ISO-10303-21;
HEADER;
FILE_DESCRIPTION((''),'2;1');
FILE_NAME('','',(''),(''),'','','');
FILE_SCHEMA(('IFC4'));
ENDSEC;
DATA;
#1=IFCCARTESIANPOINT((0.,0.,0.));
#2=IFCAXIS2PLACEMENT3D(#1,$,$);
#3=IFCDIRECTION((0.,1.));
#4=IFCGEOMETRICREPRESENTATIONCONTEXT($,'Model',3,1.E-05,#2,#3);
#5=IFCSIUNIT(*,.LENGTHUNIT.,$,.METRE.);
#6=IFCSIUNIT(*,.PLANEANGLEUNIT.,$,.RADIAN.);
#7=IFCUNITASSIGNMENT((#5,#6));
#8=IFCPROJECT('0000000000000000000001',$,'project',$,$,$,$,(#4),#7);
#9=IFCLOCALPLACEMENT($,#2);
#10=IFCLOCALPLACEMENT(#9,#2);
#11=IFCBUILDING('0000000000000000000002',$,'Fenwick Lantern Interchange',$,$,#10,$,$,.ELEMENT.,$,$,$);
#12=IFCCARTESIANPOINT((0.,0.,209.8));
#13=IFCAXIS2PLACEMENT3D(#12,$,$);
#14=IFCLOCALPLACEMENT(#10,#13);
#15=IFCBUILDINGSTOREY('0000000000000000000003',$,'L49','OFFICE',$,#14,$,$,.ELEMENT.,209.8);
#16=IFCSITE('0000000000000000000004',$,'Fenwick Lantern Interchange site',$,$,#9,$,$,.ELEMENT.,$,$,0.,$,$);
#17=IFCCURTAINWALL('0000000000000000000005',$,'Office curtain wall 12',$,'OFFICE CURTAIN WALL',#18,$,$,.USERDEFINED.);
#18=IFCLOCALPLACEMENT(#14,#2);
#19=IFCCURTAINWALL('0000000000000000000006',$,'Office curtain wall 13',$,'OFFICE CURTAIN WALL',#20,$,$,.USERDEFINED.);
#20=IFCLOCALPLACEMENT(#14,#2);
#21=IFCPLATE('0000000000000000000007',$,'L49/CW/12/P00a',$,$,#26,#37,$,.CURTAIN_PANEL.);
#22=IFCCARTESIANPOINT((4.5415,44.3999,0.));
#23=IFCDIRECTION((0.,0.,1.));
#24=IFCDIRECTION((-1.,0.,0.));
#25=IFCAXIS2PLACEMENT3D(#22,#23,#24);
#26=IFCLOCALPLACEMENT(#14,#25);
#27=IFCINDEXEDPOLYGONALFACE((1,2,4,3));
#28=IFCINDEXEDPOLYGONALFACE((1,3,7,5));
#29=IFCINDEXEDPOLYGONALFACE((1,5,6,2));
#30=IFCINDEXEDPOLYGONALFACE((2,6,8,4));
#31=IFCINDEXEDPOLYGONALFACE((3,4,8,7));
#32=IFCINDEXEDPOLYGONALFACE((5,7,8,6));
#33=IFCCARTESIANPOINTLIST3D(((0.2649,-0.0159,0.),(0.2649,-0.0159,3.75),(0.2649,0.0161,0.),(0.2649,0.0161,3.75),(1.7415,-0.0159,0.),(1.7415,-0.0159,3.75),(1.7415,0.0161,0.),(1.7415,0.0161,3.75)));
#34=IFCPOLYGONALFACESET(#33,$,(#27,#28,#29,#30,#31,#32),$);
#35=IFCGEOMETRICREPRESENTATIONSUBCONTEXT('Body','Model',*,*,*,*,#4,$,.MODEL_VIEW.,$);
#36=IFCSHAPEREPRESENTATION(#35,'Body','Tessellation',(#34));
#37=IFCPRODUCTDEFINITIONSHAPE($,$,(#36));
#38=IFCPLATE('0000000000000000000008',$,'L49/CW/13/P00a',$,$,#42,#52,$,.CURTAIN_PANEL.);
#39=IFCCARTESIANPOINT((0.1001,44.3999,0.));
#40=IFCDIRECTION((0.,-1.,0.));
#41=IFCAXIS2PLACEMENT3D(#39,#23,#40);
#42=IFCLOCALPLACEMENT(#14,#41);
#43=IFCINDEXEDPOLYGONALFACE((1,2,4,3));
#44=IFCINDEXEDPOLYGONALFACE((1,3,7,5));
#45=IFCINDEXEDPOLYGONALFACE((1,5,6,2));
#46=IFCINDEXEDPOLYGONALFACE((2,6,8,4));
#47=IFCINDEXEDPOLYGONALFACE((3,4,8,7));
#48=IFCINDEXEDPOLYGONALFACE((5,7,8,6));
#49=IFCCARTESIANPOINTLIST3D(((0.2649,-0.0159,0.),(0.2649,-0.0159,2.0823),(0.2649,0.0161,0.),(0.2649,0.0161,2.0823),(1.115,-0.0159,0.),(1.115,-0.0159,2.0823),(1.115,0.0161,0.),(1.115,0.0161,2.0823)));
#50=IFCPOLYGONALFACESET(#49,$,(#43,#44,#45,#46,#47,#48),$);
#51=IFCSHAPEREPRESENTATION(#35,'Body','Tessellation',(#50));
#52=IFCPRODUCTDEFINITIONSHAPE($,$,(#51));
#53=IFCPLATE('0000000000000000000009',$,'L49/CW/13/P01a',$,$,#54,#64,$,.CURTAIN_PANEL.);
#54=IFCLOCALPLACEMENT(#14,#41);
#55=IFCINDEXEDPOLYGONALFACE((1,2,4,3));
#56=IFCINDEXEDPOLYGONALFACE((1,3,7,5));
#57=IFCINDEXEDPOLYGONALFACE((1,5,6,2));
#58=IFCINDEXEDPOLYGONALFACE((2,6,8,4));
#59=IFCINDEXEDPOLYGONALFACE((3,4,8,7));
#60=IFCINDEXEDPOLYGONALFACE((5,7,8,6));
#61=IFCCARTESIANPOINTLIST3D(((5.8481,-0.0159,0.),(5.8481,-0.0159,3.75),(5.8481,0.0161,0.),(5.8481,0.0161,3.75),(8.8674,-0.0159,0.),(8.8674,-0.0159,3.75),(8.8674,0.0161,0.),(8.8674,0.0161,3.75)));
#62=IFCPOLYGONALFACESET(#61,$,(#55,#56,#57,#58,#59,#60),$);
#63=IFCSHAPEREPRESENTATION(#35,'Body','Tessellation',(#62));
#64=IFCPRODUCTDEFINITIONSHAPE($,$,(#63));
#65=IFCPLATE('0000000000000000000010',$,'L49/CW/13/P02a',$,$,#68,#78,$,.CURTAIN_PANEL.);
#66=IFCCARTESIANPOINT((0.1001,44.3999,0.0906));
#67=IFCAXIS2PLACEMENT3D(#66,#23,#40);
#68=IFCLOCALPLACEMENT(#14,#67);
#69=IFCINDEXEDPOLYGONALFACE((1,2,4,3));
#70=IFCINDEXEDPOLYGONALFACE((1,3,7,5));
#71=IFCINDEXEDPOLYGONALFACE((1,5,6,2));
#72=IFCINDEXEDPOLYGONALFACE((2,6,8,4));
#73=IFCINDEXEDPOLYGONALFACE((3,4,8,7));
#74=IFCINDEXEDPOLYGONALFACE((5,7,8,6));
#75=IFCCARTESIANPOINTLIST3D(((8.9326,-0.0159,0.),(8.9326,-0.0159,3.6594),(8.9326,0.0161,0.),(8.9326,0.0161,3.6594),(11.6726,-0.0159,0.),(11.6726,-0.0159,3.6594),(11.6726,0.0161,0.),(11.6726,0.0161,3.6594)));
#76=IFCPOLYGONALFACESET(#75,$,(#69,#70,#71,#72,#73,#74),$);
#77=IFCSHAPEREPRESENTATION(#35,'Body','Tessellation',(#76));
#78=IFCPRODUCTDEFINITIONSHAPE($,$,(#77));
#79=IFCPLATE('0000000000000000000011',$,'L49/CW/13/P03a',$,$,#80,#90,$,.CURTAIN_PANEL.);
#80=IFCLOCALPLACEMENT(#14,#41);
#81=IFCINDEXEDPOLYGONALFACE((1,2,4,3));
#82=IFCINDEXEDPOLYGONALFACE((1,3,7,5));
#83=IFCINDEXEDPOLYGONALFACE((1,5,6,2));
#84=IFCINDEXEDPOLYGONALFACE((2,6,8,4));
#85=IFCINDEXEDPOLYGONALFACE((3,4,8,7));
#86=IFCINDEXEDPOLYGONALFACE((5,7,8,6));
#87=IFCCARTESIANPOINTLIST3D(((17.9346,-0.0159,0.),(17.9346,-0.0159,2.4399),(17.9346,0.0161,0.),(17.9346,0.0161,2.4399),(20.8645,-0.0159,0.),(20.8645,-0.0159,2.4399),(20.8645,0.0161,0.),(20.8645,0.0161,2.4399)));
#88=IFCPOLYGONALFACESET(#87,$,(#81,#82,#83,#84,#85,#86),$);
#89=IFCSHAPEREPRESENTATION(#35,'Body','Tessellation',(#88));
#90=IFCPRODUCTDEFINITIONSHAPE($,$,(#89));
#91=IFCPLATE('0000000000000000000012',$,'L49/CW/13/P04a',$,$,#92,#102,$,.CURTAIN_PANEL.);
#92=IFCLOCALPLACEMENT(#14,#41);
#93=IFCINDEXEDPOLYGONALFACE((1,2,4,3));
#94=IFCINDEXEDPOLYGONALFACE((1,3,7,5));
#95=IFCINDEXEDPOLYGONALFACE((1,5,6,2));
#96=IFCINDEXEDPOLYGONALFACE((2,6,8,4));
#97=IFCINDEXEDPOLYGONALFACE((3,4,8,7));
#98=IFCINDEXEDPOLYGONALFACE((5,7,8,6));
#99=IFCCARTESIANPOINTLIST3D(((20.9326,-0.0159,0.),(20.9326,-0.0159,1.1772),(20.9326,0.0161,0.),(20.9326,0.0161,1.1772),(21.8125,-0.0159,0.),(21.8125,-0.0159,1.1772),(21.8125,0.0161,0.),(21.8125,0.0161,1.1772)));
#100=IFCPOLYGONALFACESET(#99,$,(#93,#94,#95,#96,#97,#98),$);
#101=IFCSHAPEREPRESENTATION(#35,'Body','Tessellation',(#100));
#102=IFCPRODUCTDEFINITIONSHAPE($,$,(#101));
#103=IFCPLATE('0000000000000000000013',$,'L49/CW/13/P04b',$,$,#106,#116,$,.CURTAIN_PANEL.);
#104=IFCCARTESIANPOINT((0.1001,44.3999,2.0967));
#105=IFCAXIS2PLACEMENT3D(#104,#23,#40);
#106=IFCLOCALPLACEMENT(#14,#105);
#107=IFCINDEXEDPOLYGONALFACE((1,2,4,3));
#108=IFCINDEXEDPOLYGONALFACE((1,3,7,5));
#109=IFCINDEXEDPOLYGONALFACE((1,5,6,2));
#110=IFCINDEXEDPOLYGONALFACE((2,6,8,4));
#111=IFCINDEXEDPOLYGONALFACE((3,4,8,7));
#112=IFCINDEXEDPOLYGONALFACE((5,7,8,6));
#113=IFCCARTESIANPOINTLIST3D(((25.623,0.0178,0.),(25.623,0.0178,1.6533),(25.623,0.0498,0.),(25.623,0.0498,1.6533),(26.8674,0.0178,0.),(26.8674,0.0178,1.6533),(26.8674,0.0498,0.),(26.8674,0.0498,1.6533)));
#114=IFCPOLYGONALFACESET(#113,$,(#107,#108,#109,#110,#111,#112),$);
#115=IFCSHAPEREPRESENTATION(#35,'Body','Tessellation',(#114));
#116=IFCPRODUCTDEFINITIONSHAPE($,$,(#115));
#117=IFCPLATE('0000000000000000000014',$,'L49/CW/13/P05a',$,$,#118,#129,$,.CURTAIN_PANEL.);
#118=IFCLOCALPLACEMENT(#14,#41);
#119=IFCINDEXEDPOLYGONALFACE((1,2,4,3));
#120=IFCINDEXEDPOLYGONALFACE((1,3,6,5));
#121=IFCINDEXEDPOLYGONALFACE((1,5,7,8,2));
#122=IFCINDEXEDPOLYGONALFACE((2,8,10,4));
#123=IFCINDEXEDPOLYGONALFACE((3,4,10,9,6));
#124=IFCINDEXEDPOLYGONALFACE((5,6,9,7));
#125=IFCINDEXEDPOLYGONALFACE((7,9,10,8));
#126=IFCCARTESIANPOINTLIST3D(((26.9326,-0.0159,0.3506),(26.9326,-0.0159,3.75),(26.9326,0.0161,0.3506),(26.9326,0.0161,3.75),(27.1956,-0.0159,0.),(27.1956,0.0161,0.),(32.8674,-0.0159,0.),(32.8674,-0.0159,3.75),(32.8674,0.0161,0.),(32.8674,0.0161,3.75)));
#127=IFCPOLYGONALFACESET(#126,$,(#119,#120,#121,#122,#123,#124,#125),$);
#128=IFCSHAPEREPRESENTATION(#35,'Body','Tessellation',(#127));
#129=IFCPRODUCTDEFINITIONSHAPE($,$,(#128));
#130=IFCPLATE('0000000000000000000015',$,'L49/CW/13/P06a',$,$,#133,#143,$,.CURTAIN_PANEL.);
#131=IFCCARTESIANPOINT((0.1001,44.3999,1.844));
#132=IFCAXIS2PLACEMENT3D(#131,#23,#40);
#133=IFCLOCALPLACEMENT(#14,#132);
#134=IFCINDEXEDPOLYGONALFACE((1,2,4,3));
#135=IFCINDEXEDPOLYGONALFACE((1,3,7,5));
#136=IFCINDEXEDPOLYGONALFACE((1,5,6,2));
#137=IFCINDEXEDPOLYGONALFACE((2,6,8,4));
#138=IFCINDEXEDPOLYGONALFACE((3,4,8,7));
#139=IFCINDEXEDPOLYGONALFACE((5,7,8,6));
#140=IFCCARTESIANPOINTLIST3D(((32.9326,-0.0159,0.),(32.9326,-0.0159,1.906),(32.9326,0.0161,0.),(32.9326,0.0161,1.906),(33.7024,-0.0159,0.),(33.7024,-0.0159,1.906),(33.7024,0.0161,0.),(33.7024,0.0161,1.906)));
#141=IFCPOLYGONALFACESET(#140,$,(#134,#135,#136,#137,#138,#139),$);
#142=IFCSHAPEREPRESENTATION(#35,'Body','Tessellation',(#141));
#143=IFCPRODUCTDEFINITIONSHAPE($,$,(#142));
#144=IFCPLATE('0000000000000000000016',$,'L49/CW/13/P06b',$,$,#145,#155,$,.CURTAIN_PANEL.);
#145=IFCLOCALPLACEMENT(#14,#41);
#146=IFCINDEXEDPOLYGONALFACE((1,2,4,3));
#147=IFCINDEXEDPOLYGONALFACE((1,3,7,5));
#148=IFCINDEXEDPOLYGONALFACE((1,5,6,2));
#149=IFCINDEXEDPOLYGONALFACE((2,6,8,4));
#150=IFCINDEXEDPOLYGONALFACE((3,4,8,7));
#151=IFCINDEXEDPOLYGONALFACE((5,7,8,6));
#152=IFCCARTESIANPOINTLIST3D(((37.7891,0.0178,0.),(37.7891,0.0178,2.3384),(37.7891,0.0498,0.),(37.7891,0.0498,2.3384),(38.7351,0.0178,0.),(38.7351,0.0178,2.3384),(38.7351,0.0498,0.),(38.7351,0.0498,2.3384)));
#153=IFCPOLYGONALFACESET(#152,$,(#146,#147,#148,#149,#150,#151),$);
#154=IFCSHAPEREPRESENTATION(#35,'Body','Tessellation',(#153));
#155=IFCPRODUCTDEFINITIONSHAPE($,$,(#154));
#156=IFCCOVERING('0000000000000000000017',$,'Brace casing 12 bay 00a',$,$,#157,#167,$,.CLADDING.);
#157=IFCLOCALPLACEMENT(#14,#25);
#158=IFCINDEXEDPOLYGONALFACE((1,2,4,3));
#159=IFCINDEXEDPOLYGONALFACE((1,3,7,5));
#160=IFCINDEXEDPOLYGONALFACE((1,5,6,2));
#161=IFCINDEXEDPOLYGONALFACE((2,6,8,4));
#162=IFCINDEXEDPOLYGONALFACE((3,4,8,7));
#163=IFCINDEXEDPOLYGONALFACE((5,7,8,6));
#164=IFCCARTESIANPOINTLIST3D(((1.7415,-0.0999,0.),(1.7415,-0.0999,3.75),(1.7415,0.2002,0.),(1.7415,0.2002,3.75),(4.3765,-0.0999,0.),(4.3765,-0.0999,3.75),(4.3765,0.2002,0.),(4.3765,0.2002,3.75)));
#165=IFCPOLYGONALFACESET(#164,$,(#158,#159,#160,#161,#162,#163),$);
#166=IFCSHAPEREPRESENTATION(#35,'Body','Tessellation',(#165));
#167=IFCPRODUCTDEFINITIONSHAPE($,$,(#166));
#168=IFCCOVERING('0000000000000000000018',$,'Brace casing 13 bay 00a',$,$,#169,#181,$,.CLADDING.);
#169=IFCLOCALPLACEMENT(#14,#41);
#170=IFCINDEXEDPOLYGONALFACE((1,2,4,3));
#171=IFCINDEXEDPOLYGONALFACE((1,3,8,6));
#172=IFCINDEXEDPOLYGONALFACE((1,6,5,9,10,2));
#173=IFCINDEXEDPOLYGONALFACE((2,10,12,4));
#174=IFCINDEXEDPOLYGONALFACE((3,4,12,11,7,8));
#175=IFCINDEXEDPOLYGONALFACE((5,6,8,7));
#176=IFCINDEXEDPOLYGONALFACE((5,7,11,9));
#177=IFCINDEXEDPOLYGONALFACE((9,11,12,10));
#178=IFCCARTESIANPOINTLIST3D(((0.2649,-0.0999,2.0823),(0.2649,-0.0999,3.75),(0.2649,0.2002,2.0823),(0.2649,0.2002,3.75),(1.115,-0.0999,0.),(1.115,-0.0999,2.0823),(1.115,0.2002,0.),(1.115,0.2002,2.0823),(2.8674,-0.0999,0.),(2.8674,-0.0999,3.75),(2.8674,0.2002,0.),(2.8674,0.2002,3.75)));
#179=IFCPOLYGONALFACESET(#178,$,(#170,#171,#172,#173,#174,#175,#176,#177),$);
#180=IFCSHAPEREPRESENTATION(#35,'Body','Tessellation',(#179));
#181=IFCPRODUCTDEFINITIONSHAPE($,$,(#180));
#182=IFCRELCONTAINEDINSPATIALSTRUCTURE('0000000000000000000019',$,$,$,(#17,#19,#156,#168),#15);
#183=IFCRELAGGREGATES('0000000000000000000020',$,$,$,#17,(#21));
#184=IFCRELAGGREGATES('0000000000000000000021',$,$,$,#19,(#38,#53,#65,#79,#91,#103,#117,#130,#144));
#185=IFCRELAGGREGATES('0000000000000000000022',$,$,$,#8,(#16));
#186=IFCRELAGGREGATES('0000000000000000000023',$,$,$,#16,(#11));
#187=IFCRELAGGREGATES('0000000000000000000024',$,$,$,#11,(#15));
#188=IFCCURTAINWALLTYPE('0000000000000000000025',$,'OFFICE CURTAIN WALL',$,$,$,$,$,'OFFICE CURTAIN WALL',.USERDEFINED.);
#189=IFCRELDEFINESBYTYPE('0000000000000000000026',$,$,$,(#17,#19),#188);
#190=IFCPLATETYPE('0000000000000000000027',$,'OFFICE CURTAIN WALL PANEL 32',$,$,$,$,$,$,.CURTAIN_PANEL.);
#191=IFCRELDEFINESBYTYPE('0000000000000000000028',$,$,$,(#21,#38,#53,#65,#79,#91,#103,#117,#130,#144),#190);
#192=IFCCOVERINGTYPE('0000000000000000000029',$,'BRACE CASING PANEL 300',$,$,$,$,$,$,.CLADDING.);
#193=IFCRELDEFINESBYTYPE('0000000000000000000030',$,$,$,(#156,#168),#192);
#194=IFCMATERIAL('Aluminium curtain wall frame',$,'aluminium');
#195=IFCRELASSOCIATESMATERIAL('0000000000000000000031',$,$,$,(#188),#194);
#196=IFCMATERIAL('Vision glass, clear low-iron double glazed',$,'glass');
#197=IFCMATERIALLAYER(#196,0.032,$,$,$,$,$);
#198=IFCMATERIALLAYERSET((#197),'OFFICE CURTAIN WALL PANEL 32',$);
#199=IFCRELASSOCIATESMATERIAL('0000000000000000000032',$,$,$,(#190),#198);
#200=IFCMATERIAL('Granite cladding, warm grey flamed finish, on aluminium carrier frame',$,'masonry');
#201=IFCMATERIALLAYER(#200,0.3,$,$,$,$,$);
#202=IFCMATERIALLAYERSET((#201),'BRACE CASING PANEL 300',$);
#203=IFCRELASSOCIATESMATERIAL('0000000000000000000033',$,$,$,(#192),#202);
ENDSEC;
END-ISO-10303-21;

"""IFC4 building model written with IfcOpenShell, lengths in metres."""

from ifc_helpers import new_model, si_unit, direction, frame, origin, place, context, subcontext, project, spatial, polyline, outline, extrude, material, layer, layer_set, type_object, element, aggregate, save


model = new_model("IFC4")

# Units and contexts
model_context = context("Model", 3, precision=1e-05, world=origin(), true_north=direction((0.0, 1.0)))
body_context = subcontext(model_context, "Body", "Model", "MODEL_VIEW")
ifc_project = project(units=[si_unit("LENGTHUNIT", "METRE"), si_unit("PLANEANGLEUNIT", "RADIAN")], contexts=[model_context])

# Site, building, storey
site_placement = place(None, origin())
site = spatial("IfcSite", under=ifc_project, at=site_placement, Name="Fenwick Lantern Interchange site", CompositionType="ELEMENT", RefElevation=0.0)
building_placement = place(site_placement, origin())
building = spatial("IfcBuilding", under=site, at=building_placement, Name="Fenwick Lantern Interchange", CompositionType="ELEMENT")
storey_placement = place(building_placement, frame((0.0, 0.0, 209.8)))
storey = spatial("IfcBuildingStorey", under=building, at=storey_placement, Name="L49", Description="OFFICE", CompositionType="ELEMENT", Elevation=209.8)

# Shared definitions
ifc_material_1 = material(Name="Aluminium curtain wall frame", Category="aluminium")
curtain_wall_type = type_object("IfcCurtainWallType", Name="OFFICE CURTAIN WALL", ElementType="OFFICE CURTAIN WALL", PredefinedType="USERDEFINED", material=ifc_material_1)

# Curtain walls
curtain_wall_1_placement = place(storey_placement, origin())
curtain_wall_1 = element("IfcCurtainWall", 1, at=curtain_wall_1_placement, inside=storey, type_object=curtain_wall_type, Name="Office curtain wall 12", ObjectType="OFFICE CURTAIN WALL", PredefinedType="USERDEFINED")
curtain_wall_2_placement = place(storey_placement, origin())
curtain_wall_2 = element("IfcCurtainWall", 2, at=curtain_wall_2_placement, inside=storey, type_object=curtain_wall_type, Name="Office curtain wall 13", ObjectType="OFFICE CURTAIN WALL", PredefinedType="USERDEFINED")

# Plates
ifc_material_2 = material(Name="Vision glass, clear low-iron double glazed", Category="glass")
ifc_layer_1 = layer(ifc_material_2, 0.032)
ifc_layer_set_1 = layer_set([ifc_layer_1], Name="OFFICE CURTAIN WALL PANEL 32")
plate_type = type_object("IfcPlateType", Name="OFFICE CURTAIN WALL PANEL 32", PredefinedType="CURTAIN_PANEL", material=ifc_layer_set_1)
plate_1_placement = place(storey_placement, frame((4.5415, 44.3999, 0.0), z_axis=(0.0, 0.0, 1.0), x_axis=(-1.0, 0.0, 0.0)))
plate_1 = element("IfcPlate", 3, at=plate_1_placement, type_object=plate_type, Name="L49/CW/12/P00a", PredefinedType="CURTAIN_PANEL", context=body_context, shape_type="SweptSolid", body=[
    extrude(outline(polyline([(0.2649, 0.0), (1.7415, 0.0), (1.7415, 3.75), (0.2649, 3.75), (0.2649, 0.0)])), frame((0.0, 0.0161, 0.0), z_axis=(0.0, -1.0, 0.0), x_axis=(1.0, 0.0, 0.0)), (0.0, 0.0, 1.0), 0.032),
])
aggregate(curtain_wall_1, [plate_1])
plate_2_placement = place(storey_placement, frame((0.1001, 44.3999, 0.0), z_axis=(0.0, 0.0, 1.0), x_axis=(0.0, -1.0, 0.0)))
plate_2 = element("IfcPlate", 4, at=plate_2_placement, type_object=plate_type, Name="L49/CW/13/P00a", PredefinedType="CURTAIN_PANEL", context=body_context, shape_type="SweptSolid", body=[
    extrude(outline(polyline([(0.2649, 0.0), (1.115, 0.0), (1.115, 2.0823), (0.2649, 2.0823), (0.2649, 0.0)])), frame((0.0, 0.0161, 0.0), z_axis=(0.0, -1.0, 0.0), x_axis=(1.0, 0.0, 0.0)), (0.0, 0.0, 1.0), 0.032),
])
plate_3_placement = place(storey_placement, frame((0.1001, 44.3999, 0.0), z_axis=(0.0, 0.0, 1.0), x_axis=(0.0, -1.0, 0.0)))
plate_3 = element("IfcPlate", 5, at=plate_3_placement, type_object=plate_type, Name="L49/CW/13/P01a", PredefinedType="CURTAIN_PANEL", context=body_context, shape_type="SweptSolid", body=[
    extrude(outline(polyline([(5.8481, 0.0), (8.8674, 0.0), (8.8674, 3.75), (5.8481, 3.75), (5.8481, 0.0)])), frame((0.0, 0.0161, 0.0), z_axis=(0.0, -1.0, 0.0), x_axis=(1.0, 0.0, 0.0)), (0.0, 0.0, 1.0), 0.032),
])
plate_4_placement = place(storey_placement, frame((0.1001, 44.3999, 0.0906), z_axis=(0.0, 0.0, 1.0), x_axis=(0.0, -1.0, 0.0)))
plate_4 = element("IfcPlate", 6, at=plate_4_placement, type_object=plate_type, Name="L49/CW/13/P02a", PredefinedType="CURTAIN_PANEL", context=body_context, shape_type="SweptSolid", body=[
    extrude(outline(polyline([(8.9326, 0.0), (11.6726, 0.0), (11.6726, 3.6594), (8.9326, 3.6594), (8.9326, 0.0)])), frame((0.0, 0.0161, 0.0), z_axis=(0.0, -1.0, 0.0), x_axis=(1.0, 0.0, 0.0)), (0.0, 0.0, 1.0), 0.032),
])
plate_5_placement = place(storey_placement, frame((0.1001, 44.3999, 0.0), z_axis=(0.0, 0.0, 1.0), x_axis=(0.0, -1.0, 0.0)))
plate_5 = element("IfcPlate", 7, at=plate_5_placement, type_object=plate_type, Name="L49/CW/13/P03a", PredefinedType="CURTAIN_PANEL", context=body_context, shape_type="SweptSolid", body=[
    extrude(outline(polyline([(17.9346, 0.0), (20.8645, 0.0), (20.8645, 2.4399), (17.9346, 2.4399), (17.9346, 0.0)])), frame((0.0, 0.0161, 0.0), z_axis=(0.0, -1.0, 0.0), x_axis=(1.0, 0.0, 0.0)), (0.0, 0.0, 1.0), 0.032),
])
plate_6_placement = place(storey_placement, frame((0.1001, 44.3999, 0.0), z_axis=(0.0, 0.0, 1.0), x_axis=(0.0, -1.0, 0.0)))
plate_6 = element("IfcPlate", 8, at=plate_6_placement, type_object=plate_type, Name="L49/CW/13/P04a", PredefinedType="CURTAIN_PANEL", context=body_context, shape_type="SweptSolid", body=[
    extrude(outline(polyline([(20.9326, 0.0), (21.8125, 0.0), (21.8125, 1.1772), (20.9326, 1.1772), (20.9326, 0.0)])), frame((0.0, 0.0161, 0.0), z_axis=(0.0, -1.0, 0.0), x_axis=(1.0, 0.0, 0.0)), (0.0, 0.0, 1.0), 0.032),
])
plate_7_placement = place(storey_placement, frame((0.1001, 44.3999, 2.0967), z_axis=(0.0, 0.0, 1.0), x_axis=(0.0, -1.0, 0.0)))
plate_7 = element("IfcPlate", 9, at=plate_7_placement, type_object=plate_type, Name="L49/CW/13/P04b", PredefinedType="CURTAIN_PANEL", context=body_context, shape_type="SweptSolid", body=[
    extrude(outline(polyline([(25.623, 0.0), (26.8674, 0.0), (26.8674, 1.6533), (25.623, 1.6533), (25.623, 0.0)])), frame((0.0, 0.0498, 0.0), z_axis=(0.0, -1.0, 0.0), x_axis=(1.0, 0.0, 0.0)), (0.0, 0.0, 1.0), 0.032),
])
plate_8_placement = place(storey_placement, frame((0.1001, 44.3999, 0.0), z_axis=(0.0, 0.0, 1.0), x_axis=(0.0, -1.0, 0.0)))
plate_8 = element("IfcPlate", 10, at=plate_8_placement, type_object=plate_type, Name="L49/CW/13/P05a", PredefinedType="CURTAIN_PANEL", context=body_context, shape_type="SweptSolid", body=[
    extrude(outline(polyline([(27.1956, 0.0), (32.8674, 0.0), (32.8674, 3.75), (26.9326, 3.75), (26.9326, 0.3506), (27.1956, 0.0)])), frame((0.0, 0.0161, 0.0), z_axis=(0.0, -1.0, 0.0), x_axis=(1.0, 0.0, 0.0)), (0.0, 0.0, 1.0), 0.032),
])
plate_9_placement = place(storey_placement, frame((0.1001, 44.3999, 1.844), z_axis=(0.0, 0.0, 1.0), x_axis=(0.0, -1.0, 0.0)))
plate_9 = element("IfcPlate", 11, at=plate_9_placement, type_object=plate_type, Name="L49/CW/13/P06a", PredefinedType="CURTAIN_PANEL", context=body_context, shape_type="SweptSolid", body=[
    extrude(outline(polyline([(32.9326, 0.0), (33.7024, 0.0), (33.7024, 1.906), (32.9326, 1.906), (32.9326, 0.0)])), frame((0.0, 0.0161, 0.0), z_axis=(0.0, -1.0, 0.0), x_axis=(1.0, 0.0, 0.0)), (0.0, 0.0, 1.0), 0.032),
])
plate_10_placement = place(storey_placement, frame((0.1001, 44.3999, 0.0), z_axis=(0.0, 0.0, 1.0), x_axis=(0.0, -1.0, 0.0)))
plate_10 = element("IfcPlate", 12, at=plate_10_placement, type_object=plate_type, Name="L49/CW/13/P06b", PredefinedType="CURTAIN_PANEL", context=body_context, shape_type="SweptSolid", body=[
    extrude(outline(polyline([(37.7891, 0.0), (38.7351, 0.0), (38.7351, 2.3384), (37.7891, 2.3384), (37.7891, 0.0)])), frame((0.0, 0.0498, 0.0), z_axis=(0.0, -1.0, 0.0), x_axis=(1.0, 0.0, 0.0)), (0.0, 0.0, 1.0), 0.032),
])
aggregate(curtain_wall_2, [plate_2, plate_3, plate_4, plate_5, plate_6, plate_7, plate_8, plate_9, plate_10])

# Coverings
ifc_material_3 = material(Name="Granite cladding, warm grey flamed finish, on aluminium carrier frame", Category="masonry")
ifc_layer_2 = layer(ifc_material_3, 0.3)
ifc_layer_set_2 = layer_set([ifc_layer_2], Name="BRACE CASING PANEL 300")
covering_type = type_object("IfcCoveringType", Name="BRACE CASING PANEL 300", PredefinedType="CLADDING", material=ifc_layer_set_2)
covering_1_placement = place(storey_placement, frame((4.5415, 44.3999, 0.0), z_axis=(0.0, 0.0, 1.0), x_axis=(-1.0, 0.0, 0.0)))
element("IfcCovering", 13, at=covering_1_placement, inside=storey, type_object=covering_type, Name="Brace casing 12 bay 00a", PredefinedType="CLADDING", context=body_context, shape_type="SweptSolid", body=[
    extrude(outline(polyline([(1.7415, 0.0), (4.3765, 0.0), (4.3765, 3.75), (1.7415, 3.75), (1.7415, 0.0)])), frame((0.0, 0.2002, 0.0), z_axis=(0.0, -1.0, 0.0), x_axis=(1.0, 0.0, 0.0)), (0.0, 0.0, 1.0), 0.3),
])
covering_2_placement = place(storey_placement, frame((0.1001, 44.3999, 0.0), z_axis=(0.0, 0.0, 1.0), x_axis=(0.0, -1.0, 0.0)))
element("IfcCovering", 14, at=covering_2_placement, inside=storey, type_object=covering_type, Name="Brace casing 13 bay 00a", PredefinedType="CLADDING", context=body_context, shape_type="SweptSolid", body=[
    extrude(outline(polyline([(1.115, 0.0), (2.8674, 0.0), (2.8674, 3.75), (0.2649, 3.75), (0.2649, 2.0823), (1.115, 2.0823), (1.115, 0.0)])), frame((0.0, 0.2002, 0.0), z_axis=(0.0, -1.0, 0.0), x_axis=(1.0, 0.0, 0.0)), (0.0, 0.0, 1.0), 0.3),
])

save(model, "model.ifc")
